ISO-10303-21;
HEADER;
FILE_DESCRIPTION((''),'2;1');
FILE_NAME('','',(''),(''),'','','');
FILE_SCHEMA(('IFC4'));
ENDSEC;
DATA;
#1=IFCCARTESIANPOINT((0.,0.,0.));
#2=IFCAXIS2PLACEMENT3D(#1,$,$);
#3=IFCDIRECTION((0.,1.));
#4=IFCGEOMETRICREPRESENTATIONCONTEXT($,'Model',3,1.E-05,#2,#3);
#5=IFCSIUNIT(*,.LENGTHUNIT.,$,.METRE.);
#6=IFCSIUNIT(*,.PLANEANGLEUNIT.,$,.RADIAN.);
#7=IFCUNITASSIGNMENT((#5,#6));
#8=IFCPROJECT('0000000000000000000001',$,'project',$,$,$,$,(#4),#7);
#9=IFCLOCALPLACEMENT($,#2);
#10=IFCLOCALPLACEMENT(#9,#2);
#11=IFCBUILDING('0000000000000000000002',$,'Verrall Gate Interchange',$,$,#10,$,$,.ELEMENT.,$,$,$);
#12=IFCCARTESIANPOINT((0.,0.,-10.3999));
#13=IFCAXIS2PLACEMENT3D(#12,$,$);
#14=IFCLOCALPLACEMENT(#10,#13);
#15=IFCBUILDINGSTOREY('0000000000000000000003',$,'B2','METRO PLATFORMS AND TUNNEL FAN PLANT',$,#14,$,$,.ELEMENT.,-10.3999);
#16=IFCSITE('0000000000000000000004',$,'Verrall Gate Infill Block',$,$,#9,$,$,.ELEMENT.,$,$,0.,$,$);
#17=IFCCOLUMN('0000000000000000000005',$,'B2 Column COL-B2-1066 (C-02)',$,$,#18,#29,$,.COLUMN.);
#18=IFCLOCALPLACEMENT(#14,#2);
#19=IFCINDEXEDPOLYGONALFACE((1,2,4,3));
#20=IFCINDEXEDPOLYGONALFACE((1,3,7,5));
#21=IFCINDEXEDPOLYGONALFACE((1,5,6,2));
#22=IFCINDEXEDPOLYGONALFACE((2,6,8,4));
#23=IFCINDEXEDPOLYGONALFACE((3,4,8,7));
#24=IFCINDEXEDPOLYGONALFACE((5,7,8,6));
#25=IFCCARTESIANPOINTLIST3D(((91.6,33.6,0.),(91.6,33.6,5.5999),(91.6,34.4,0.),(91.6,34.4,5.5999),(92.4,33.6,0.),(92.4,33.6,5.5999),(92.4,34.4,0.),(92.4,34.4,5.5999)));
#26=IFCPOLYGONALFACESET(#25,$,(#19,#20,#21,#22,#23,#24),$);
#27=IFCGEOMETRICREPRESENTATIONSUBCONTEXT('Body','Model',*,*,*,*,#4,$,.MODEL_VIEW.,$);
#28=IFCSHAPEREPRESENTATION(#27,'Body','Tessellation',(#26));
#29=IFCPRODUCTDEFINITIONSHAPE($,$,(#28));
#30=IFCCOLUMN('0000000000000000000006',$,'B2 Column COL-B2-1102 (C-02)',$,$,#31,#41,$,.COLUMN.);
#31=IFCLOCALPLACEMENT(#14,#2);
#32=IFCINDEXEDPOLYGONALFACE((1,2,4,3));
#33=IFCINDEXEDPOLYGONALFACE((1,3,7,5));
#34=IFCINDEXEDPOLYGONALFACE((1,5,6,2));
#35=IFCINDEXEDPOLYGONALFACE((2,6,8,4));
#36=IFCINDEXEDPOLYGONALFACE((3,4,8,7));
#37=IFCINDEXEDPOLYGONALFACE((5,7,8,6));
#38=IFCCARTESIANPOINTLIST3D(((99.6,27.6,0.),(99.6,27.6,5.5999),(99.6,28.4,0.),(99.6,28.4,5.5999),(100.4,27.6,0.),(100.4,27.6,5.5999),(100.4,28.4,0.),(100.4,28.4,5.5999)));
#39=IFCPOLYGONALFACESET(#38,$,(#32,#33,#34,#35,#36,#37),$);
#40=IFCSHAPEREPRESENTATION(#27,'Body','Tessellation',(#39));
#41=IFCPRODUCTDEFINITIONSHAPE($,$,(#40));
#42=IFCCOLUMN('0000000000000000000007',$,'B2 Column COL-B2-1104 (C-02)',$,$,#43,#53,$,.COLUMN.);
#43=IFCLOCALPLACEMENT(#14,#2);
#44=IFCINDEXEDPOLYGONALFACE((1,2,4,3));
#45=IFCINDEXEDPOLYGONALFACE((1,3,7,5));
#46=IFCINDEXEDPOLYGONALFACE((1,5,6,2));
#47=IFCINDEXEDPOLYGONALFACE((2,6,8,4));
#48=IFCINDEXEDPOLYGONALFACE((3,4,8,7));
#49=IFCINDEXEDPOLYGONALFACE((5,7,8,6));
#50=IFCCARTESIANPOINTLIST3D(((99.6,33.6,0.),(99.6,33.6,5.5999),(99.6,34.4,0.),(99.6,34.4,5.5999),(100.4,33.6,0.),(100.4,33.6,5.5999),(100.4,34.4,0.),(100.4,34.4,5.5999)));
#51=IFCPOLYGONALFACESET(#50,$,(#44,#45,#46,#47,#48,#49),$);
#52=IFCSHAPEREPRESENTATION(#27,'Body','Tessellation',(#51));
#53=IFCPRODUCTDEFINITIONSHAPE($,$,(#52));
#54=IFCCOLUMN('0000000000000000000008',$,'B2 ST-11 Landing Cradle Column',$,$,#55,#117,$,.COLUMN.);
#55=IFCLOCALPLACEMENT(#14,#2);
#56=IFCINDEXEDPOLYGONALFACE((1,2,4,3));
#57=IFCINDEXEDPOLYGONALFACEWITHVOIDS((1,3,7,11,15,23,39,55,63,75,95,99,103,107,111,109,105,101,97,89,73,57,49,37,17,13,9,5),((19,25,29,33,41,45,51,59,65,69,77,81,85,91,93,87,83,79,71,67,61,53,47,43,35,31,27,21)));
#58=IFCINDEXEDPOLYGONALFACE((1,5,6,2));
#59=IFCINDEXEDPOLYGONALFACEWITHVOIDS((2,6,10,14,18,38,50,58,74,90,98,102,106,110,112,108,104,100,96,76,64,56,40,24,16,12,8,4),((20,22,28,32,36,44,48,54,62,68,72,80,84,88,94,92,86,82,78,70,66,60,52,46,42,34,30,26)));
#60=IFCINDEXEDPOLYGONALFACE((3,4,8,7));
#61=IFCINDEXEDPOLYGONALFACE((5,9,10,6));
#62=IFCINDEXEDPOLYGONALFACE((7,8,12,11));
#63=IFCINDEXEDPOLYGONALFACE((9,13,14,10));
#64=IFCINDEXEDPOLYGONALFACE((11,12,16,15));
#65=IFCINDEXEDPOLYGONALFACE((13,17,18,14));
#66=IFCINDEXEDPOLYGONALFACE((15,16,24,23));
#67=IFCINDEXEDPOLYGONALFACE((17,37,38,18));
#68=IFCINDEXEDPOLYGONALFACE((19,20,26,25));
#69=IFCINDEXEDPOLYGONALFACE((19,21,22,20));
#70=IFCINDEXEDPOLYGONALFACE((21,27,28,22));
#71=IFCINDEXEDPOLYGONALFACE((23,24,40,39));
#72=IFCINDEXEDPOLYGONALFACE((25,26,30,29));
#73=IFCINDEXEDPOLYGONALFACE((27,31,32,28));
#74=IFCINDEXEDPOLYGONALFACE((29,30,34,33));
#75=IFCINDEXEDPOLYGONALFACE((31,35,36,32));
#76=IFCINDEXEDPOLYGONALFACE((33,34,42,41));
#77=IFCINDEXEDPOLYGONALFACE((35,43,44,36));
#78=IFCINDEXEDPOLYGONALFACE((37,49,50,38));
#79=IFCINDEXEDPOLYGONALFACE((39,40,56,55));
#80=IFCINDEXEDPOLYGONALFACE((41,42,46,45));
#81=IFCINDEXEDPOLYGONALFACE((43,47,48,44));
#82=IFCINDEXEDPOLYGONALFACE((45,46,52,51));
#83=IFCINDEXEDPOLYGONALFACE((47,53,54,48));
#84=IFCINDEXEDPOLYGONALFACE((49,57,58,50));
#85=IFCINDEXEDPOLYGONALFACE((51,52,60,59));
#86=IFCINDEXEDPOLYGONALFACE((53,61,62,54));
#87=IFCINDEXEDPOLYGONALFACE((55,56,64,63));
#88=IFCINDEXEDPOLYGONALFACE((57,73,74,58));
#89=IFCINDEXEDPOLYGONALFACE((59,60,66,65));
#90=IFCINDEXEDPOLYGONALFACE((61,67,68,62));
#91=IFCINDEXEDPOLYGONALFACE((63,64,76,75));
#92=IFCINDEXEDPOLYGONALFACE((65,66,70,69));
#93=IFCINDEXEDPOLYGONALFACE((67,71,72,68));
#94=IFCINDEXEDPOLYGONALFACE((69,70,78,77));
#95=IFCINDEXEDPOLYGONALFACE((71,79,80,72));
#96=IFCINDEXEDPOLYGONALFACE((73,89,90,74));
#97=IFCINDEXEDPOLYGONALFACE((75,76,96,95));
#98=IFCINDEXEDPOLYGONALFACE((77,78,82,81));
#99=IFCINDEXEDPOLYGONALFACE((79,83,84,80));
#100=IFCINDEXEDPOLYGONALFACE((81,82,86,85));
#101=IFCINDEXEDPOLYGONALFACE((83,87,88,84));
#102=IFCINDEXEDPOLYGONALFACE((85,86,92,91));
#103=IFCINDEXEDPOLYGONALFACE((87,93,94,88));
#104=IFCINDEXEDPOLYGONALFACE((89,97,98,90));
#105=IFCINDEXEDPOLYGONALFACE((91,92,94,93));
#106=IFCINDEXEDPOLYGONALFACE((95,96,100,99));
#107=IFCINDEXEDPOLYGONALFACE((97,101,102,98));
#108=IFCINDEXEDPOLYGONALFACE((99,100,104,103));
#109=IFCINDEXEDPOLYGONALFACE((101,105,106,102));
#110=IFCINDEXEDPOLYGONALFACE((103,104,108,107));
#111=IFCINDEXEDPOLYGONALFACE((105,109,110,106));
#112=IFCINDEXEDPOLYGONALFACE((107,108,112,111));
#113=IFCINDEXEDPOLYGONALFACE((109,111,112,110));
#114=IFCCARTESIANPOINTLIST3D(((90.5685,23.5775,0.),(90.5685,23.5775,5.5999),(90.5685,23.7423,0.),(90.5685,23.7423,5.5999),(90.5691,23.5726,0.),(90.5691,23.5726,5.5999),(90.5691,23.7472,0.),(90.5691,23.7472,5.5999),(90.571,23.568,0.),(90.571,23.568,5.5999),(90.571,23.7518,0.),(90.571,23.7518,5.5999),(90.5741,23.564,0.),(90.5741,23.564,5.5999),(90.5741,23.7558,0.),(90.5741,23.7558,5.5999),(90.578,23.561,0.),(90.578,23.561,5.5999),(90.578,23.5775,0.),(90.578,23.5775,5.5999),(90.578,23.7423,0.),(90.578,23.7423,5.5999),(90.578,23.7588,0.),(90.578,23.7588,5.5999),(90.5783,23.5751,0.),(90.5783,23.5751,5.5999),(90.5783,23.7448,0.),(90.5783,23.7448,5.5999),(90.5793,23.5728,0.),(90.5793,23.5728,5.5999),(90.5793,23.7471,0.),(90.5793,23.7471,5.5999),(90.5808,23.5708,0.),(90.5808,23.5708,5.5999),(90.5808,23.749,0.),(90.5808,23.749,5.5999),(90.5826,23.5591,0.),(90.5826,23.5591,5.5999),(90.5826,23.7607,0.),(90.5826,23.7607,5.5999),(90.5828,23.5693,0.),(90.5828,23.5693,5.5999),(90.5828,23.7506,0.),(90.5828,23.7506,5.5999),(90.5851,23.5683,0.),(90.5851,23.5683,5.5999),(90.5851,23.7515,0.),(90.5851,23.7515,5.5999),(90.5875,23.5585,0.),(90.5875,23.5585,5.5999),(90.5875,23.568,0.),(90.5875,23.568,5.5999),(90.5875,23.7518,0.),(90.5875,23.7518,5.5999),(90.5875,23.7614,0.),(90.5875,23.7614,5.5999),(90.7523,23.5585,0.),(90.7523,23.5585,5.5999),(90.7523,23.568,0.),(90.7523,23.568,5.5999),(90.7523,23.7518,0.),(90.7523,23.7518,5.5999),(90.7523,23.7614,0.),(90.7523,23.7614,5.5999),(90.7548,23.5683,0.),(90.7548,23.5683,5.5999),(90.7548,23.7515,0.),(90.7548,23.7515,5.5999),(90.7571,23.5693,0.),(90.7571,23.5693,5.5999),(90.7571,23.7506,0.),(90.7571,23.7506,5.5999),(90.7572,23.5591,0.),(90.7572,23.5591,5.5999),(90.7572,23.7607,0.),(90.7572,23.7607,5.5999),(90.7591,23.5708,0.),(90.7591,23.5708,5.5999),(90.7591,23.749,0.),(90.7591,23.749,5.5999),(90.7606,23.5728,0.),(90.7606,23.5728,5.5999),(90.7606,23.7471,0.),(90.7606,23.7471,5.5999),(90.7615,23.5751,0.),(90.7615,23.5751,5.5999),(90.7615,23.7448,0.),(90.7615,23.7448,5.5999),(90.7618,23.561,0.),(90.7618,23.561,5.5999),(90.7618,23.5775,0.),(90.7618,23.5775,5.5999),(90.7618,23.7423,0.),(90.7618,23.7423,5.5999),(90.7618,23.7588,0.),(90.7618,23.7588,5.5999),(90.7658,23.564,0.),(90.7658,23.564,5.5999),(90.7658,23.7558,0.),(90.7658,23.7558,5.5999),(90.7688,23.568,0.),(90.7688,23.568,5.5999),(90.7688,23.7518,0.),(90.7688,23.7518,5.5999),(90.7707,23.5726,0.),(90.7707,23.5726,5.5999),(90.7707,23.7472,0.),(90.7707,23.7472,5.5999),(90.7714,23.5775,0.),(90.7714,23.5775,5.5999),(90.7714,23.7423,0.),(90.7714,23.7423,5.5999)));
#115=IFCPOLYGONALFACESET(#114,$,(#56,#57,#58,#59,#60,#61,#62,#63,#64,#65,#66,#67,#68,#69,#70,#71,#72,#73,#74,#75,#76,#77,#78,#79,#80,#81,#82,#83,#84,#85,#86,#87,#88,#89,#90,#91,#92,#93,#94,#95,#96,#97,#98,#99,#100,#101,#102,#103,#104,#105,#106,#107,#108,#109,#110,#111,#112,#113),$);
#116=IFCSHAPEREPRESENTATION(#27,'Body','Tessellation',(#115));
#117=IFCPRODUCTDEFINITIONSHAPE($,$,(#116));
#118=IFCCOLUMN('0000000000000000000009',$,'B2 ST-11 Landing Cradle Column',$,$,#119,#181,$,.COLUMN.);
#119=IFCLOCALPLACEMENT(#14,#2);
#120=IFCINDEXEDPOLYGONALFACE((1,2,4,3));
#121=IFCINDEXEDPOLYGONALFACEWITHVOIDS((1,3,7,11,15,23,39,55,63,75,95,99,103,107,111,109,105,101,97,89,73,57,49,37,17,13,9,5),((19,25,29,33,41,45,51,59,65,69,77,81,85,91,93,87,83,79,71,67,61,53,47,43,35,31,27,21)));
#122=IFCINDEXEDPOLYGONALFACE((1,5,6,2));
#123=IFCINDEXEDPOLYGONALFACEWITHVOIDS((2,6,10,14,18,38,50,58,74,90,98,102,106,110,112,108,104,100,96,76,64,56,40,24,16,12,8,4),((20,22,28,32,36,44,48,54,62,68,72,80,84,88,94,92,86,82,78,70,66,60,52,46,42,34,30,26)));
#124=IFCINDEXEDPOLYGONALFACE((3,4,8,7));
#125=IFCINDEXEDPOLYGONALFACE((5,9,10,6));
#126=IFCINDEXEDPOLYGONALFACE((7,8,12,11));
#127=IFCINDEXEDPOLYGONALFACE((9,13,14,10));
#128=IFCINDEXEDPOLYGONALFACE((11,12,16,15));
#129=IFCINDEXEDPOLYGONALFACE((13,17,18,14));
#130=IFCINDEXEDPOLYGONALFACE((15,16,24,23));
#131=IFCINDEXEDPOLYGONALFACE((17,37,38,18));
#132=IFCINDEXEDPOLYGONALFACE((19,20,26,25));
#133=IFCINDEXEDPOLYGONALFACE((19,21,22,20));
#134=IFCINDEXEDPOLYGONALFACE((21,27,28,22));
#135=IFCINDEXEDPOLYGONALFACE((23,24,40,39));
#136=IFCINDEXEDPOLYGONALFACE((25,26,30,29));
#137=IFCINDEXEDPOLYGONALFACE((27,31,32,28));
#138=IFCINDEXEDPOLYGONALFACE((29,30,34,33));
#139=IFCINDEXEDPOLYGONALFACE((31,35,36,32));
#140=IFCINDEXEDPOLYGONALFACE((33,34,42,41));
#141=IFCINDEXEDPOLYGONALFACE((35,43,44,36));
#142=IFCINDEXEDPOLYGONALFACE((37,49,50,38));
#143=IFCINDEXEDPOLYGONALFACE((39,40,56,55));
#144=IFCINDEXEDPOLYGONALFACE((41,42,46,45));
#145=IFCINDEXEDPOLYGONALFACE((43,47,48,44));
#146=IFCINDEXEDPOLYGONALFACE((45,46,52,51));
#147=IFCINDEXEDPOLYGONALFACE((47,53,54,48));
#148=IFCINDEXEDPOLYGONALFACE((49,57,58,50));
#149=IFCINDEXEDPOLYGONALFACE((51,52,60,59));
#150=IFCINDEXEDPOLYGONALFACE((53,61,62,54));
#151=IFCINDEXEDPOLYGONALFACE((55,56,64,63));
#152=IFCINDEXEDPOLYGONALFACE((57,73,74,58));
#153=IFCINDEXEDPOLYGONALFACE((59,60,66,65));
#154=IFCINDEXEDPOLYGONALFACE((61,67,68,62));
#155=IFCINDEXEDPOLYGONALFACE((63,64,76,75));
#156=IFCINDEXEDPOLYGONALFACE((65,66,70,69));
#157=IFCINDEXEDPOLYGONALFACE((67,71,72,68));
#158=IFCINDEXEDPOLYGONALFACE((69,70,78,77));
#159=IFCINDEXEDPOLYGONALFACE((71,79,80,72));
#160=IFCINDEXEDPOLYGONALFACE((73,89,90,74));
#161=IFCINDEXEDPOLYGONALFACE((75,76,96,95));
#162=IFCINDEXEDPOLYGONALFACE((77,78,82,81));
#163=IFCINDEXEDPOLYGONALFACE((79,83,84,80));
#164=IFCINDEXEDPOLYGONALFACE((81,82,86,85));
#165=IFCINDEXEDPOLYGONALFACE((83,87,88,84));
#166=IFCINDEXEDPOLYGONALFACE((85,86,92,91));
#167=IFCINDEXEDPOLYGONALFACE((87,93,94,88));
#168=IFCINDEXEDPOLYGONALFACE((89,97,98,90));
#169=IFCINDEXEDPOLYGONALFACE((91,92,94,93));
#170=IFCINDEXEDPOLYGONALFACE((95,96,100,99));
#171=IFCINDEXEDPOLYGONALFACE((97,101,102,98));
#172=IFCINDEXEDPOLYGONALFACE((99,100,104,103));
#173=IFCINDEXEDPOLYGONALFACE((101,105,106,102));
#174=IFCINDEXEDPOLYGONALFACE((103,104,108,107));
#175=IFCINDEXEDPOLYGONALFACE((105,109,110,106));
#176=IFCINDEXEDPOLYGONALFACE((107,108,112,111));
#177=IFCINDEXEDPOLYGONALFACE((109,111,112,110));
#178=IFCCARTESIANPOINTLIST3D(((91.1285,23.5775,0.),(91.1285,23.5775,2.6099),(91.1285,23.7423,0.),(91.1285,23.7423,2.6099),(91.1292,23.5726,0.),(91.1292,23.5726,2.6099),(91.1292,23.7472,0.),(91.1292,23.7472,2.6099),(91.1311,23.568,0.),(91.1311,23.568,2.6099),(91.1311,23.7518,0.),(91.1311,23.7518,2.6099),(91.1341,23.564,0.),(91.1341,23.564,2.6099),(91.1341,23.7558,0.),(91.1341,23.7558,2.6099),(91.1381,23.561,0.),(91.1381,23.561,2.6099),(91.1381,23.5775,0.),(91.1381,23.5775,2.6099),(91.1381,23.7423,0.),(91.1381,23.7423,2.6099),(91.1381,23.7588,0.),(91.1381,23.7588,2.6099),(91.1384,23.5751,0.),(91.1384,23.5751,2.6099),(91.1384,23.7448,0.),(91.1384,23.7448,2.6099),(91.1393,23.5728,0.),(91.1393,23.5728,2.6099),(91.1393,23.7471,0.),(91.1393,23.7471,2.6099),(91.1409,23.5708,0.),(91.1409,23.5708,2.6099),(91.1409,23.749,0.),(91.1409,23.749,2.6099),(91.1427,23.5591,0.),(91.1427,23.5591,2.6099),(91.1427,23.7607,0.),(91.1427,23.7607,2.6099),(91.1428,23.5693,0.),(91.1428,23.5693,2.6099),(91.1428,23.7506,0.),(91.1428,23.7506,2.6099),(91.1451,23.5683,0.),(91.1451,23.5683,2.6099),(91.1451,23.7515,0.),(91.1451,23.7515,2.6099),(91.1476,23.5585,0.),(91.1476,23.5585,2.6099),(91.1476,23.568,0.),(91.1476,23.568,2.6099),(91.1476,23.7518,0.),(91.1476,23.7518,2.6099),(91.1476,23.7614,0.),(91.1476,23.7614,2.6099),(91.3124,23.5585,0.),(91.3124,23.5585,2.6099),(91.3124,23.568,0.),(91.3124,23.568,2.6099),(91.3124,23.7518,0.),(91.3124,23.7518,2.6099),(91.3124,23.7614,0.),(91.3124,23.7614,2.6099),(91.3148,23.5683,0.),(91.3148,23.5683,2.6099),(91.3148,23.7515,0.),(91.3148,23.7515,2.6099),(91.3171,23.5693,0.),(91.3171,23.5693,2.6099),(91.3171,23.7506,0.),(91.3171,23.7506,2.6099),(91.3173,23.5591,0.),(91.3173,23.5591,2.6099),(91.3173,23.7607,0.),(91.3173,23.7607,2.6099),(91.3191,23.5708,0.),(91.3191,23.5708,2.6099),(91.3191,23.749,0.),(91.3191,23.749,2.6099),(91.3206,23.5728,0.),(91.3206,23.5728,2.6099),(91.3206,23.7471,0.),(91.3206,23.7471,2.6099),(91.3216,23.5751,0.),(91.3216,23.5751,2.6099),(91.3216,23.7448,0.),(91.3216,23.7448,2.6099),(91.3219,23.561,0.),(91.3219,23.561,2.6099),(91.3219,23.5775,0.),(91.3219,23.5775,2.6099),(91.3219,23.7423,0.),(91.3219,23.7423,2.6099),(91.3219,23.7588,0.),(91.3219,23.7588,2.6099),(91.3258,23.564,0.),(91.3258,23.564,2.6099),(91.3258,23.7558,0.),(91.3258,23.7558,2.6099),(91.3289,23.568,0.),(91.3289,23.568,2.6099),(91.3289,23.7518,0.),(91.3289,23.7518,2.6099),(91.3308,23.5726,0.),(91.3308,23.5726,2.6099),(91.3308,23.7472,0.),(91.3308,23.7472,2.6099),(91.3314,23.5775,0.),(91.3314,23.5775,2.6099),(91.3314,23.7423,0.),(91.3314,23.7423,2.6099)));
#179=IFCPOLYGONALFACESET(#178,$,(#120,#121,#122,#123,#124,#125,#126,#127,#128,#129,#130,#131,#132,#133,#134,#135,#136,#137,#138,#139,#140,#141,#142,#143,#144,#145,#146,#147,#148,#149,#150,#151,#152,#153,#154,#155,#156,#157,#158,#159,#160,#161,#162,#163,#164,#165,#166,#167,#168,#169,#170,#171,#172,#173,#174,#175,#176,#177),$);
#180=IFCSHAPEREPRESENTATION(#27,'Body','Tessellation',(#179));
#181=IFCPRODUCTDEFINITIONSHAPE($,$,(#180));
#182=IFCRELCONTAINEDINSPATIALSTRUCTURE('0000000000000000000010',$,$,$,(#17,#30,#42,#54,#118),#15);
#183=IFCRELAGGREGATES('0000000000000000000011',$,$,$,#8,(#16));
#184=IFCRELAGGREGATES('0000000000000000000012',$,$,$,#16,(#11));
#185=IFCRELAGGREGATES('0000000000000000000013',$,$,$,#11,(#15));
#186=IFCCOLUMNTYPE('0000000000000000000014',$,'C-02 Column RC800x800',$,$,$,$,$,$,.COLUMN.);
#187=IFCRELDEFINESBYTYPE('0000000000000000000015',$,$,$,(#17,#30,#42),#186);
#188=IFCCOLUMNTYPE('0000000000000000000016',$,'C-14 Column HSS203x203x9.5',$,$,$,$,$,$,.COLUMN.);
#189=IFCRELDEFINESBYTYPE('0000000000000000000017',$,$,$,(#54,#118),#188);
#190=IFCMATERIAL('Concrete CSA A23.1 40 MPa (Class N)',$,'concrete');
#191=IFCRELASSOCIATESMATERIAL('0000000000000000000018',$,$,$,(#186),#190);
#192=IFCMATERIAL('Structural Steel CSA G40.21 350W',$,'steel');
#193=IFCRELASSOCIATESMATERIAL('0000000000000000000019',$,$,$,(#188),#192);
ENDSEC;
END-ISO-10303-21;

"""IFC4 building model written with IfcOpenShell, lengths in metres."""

from ifc_helpers import new_model, si_unit, direction, frame, origin, origin_2d, place, context, subcontext, project, spatial, rectangle, hollow_rectangle, extrude, material, material_profile, profile_set, type_object, element, save


model = new_model("IFC4")

# Units and contexts
model_context = context("Model", 3, precision=1e-05, world=origin(), true_north=direction((0.0, 1.0)))
body_context = subcontext(model_context, "Body", "Model", "MODEL_VIEW")
ifc_project = project(units=[si_unit("LENGTHUNIT", "METRE"), si_unit("PLANEANGLEUNIT", "RADIAN")], contexts=[model_context])

# Site, building, storey
site_placement = place(None, origin())
site = spatial("IfcSite", under=ifc_project, at=site_placement, Name="Verrall Gate Infill Block", CompositionType="ELEMENT", RefElevation=0.0)
building_placement = place(site_placement, origin())
building = spatial("IfcBuilding", under=site, at=building_placement, Name="Verrall Gate Interchange", CompositionType="ELEMENT")
storey_placement = place(building_placement, frame((0.0, 0.0, -10.3999)))
storey = spatial("IfcBuildingStorey", under=building, at=storey_placement, Name="B2", Description="METRO PLATFORMS AND TUNNEL FAN PLANT", CompositionType="ELEMENT", Elevation=-10.3999)

# Columns
ifc_material_1 = material(Name="Concrete CSA A23.1 40 MPa (Class N)", Category="concrete")
ifc_material_profile_1 = material_profile(ifc_material_1, rectangle(XDim=0.8, YDim=0.8, at=origin_2d()), Name="RC800x800")
ifc_profile_set_1 = profile_set([ifc_material_profile_1], Name="Concrete CSA A23.1 40 MPa (Class N)")
column_type_1 = type_object("IfcColumnType", Name="C-02 Column RC800x800", PredefinedType="COLUMN", material=ifc_profile_set_1)
for number, where, z_axis, x_axis, name in (
    (1, (92.0, 34.0, 0.0), (0.0, 0.0, 1.0), (1.0, 0.0, 0.0), "B2 Column COL-B2-1066 (C-02)"),
    (2, (100.0, 28.0, 0.0), (0.0, 0.0, 1.0), (1.0, 0.0, 0.0), "B2 Column COL-B2-1102 (C-02)"),
    (3, (100.0, 34.0, 0.0), (0.0, 0.0, 1.0), (1.0, 0.0, 0.0), "B2 Column COL-B2-1104 (C-02)"),
):
    element("IfcColumn", number, at=place(storey_placement, frame(where, z_axis=z_axis, x_axis=x_axis)), inside=storey, type_object=column_type_1, Name=name, PredefinedType="COLUMN", context=body_context, shape_type="SweptSolid", body=[
        extrude(rectangle(XDim=0.8, YDim=0.8, at=origin_2d()), origin(), (0.0, 0.0, 1.0), 5.5999),
    ])
ifc_material_2 = material(Name="Structural Steel CSA G40.21 350W", Category="steel")
ifc_material_profile_2 = material_profile(ifc_material_2, hollow_rectangle(XDim=0.2029, YDim=0.2029, WallThickness=0.0095, InnerFilletRadius=0.0095, OuterFilletRadius=0.019, at=origin_2d()), Name="HSS203x203x9.5")
ifc_profile_set_2 = profile_set([ifc_material_profile_2], Name="Structural Steel CSA G40.21 350W")
column_type_2 = type_object("IfcColumnType", Name="C-14 Column HSS203x203x9.5", PredefinedType="COLUMN", material=ifc_profile_set_2)
column_1_placement = place(storey_placement, frame((90.6699, 23.6599, 0.0), z_axis=(0.0, 0.0, 1.0), x_axis=(1.0, 0.0, 0.0)))
element("IfcColumn", 4, at=column_1_placement, inside=storey, type_object=column_type_2, Name="B2 ST-11 Landing Cradle Column", PredefinedType="COLUMN", context=body_context, shape_type="SweptSolid", body=[
    extrude(hollow_rectangle(XDim=0.2029, YDim=0.2029, WallThickness=0.0095, InnerFilletRadius=0.0095, OuterFilletRadius=0.019, at=origin_2d()), origin(), (0.0, 0.0, 1.0), 5.5999),
])
column_2_placement = place(storey_placement, frame((91.23, 23.6599, 0.0), z_axis=(0.0, 0.0, 1.0), x_axis=(1.0, 0.0, 0.0)))
element("IfcColumn", 5, at=column_2_placement, inside=storey, type_object=column_type_2, Name="B2 ST-11 Landing Cradle Column", PredefinedType="COLUMN", context=body_context, shape_type="SweptSolid", body=[
    extrude(hollow_rectangle(XDim=0.2029, YDim=0.2029, WallThickness=0.0095, InnerFilletRadius=0.0095, OuterFilletRadius=0.019, at=origin_2d()), origin(), (0.0, 0.0, 1.0), 2.6099),
])

save(model, "model.ifc")
